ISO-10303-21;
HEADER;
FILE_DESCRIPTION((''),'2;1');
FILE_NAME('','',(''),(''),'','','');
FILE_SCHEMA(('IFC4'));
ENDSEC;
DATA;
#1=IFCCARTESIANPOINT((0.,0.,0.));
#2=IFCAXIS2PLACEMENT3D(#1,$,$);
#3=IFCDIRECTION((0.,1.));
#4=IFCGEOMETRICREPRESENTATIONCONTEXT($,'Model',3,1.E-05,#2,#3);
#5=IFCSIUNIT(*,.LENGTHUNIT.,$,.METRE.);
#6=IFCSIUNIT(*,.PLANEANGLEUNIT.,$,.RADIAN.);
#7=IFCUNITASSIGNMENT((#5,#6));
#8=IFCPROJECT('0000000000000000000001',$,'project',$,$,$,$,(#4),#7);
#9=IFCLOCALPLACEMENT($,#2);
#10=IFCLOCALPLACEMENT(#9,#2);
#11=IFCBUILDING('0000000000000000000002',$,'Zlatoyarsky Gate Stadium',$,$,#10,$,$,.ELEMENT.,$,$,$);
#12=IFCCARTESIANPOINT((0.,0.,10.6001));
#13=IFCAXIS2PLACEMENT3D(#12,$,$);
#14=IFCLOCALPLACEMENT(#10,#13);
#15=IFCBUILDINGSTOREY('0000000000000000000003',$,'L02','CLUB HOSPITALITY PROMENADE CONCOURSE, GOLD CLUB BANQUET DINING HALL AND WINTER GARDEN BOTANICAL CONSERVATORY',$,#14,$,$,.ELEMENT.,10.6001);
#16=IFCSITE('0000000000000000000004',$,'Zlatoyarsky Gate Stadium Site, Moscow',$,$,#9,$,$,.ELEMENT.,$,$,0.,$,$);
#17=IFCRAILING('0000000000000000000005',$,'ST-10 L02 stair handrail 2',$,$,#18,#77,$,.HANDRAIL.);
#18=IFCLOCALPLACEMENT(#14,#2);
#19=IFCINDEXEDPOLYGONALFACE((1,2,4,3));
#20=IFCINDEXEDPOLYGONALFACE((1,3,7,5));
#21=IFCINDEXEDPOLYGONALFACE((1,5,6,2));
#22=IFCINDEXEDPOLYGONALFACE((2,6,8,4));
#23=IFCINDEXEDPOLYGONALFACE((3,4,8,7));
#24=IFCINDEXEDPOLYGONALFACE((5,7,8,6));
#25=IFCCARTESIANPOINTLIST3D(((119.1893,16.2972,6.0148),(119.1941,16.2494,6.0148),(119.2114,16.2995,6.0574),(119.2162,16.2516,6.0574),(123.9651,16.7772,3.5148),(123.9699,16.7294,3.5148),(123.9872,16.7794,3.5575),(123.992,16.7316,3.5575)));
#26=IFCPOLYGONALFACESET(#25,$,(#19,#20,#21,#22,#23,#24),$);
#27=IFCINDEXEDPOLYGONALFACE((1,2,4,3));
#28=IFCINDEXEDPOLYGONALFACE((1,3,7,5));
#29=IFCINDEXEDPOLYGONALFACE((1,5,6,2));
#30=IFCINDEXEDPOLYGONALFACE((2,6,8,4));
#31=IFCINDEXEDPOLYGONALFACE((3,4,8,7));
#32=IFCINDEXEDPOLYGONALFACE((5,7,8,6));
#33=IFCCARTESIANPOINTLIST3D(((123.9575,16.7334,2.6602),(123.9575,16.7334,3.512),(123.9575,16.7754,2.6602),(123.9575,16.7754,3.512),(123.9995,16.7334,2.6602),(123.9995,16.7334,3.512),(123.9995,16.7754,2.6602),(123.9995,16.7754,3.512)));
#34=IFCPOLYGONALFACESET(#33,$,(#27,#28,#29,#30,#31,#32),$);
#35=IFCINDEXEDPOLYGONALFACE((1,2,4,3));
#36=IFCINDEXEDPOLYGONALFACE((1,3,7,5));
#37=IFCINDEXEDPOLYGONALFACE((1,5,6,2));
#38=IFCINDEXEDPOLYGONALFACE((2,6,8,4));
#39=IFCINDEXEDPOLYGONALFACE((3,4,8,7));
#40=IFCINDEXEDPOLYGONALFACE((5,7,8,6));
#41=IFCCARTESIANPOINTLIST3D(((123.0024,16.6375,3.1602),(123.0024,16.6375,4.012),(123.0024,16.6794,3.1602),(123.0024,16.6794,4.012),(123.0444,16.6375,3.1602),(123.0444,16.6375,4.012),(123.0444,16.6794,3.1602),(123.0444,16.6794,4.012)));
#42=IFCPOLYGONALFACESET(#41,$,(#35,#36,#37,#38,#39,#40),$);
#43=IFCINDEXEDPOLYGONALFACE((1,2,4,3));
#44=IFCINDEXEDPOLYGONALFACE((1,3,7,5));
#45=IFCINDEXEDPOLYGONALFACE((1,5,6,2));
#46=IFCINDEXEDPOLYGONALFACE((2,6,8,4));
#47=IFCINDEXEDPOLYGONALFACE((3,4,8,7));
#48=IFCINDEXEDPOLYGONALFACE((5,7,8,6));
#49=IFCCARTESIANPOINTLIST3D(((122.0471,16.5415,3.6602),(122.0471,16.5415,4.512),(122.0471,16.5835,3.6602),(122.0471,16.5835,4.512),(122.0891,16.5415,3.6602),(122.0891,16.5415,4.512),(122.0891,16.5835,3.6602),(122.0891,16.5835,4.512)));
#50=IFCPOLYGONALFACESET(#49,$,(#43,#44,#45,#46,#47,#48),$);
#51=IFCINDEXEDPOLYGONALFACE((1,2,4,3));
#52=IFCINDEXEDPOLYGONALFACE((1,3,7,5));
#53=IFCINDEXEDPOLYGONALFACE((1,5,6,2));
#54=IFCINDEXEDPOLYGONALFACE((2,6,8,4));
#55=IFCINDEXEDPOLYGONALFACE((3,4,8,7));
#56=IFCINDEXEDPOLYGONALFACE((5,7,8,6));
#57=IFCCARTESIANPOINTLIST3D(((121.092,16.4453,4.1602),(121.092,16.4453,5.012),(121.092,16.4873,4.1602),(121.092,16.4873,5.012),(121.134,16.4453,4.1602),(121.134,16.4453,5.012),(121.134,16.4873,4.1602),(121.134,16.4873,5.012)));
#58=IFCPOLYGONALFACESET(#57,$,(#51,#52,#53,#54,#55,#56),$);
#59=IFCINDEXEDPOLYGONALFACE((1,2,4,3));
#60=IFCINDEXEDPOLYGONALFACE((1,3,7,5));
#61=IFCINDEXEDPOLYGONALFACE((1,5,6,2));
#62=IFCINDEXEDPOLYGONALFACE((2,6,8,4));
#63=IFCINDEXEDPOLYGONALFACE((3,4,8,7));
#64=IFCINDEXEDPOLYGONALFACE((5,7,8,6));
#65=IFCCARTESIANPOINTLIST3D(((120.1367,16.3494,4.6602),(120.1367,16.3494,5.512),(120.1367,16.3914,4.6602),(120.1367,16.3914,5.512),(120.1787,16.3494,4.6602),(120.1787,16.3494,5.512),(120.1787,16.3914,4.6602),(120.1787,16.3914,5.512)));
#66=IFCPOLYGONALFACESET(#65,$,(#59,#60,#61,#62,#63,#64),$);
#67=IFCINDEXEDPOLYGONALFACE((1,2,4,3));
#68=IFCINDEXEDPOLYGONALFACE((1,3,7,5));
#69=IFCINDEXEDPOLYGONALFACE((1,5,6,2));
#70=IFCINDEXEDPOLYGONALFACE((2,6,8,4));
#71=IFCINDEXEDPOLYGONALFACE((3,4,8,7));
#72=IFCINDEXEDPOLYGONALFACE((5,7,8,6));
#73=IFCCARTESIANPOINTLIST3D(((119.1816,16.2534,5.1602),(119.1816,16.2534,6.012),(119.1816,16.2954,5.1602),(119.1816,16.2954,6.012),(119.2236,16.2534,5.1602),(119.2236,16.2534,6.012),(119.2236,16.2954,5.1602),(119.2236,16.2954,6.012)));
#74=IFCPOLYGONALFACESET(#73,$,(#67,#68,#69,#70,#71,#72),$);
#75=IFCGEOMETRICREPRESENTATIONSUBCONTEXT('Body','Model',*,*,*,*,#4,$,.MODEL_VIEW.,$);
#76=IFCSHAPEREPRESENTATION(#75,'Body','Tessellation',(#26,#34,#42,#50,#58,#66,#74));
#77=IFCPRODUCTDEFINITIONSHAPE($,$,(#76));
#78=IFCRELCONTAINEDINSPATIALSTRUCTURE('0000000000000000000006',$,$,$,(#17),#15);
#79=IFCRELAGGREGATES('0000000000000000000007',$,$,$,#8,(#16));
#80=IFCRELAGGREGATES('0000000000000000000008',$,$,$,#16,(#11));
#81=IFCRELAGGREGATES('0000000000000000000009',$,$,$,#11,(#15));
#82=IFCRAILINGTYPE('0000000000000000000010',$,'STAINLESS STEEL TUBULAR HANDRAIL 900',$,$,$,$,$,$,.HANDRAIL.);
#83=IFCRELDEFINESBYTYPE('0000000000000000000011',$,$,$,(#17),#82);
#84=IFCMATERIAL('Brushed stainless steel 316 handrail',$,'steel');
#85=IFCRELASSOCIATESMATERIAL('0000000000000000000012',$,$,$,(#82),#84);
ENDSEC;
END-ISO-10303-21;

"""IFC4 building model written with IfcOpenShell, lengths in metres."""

from ifc_helpers import new_model, si_unit, direction, frame, origin, origin_2d, place, context, subcontext, project, spatial, rectangle, extrude, material, type_object, element, save


model = new_model("IFC4")

# Units and contexts
model_context = context("Model", 3, precision=1e-05, world=origin(), true_north=direction((0.0, 1.0)))
body_context = subcontext(model_context, "Body", "Model", "MODEL_VIEW")
ifc_project = project(units=[si_unit("LENGTHUNIT", "METRE"), si_unit("PLANEANGLEUNIT", "RADIAN")], contexts=[model_context])

# Site, building, storey
site_placement = place(None, origin())
site = spatial("IfcSite", under=ifc_project, at=site_placement, Name="Zlatoyarsky Gate Stadium Site, Moscow", CompositionType="ELEMENT", RefElevation=0.0)
building_placement = place(site_placement, origin())
building = spatial("IfcBuilding", under=site, at=building_placement, Name="Zlatoyarsky Gate Stadium", CompositionType="ELEMENT")
storey_placement = place(building_placement, frame((0.0, 0.0, 10.6001)))
storey = spatial("IfcBuildingStorey", under=building, at=storey_placement, Name="L02", Description="CLUB HOSPITALITY PROMENADE CONCOURSE, GOLD CLUB BANQUET DINING HALL AND WINTER GARDEN BOTANICAL CONSERVATORY", CompositionType="ELEMENT", Elevation=10.6001)

# Railing
ifc_material_1 = material(Name="Brushed stainless steel 316 handrail", Category="steel")
railing_type_1 = type_object("IfcRailingType", Name="STAINLESS STEEL TUBULAR HANDRAIL 900", PredefinedType="HANDRAIL", material=ifc_material_1)
railing_1_placement = place(storey_placement, frame((123.9785, 16.7544, 2.6602)))
element("IfcRailing", 1, at=railing_1_placement, inside=storey, type_object=railing_type_1, Name="ST-10 L02 stair handrail 2", PredefinedType="HANDRAIL", context=body_context, shape_type="SweptSolid", body=[
    extrude(rectangle(XDim=0.0481, YDim=0.0481, at=origin_2d()), frame((0.0, 0.0, 0.876), z_axis=(-0.882466, -0.088689, 0.461939), x_axis=(0.099997, -0.994988, 0.0)), (0.0, 0.0, 1.0), 5.4119),
    extrude(rectangle(XDim=0.042, YDim=0.042, at=origin_2d()), origin(), (0.0, 0.0, 1.0), 0.8518),
    extrude(rectangle(XDim=0.042, YDim=0.042, at=origin_2d()), frame((-0.9551, -0.0959, 0.5)), (0.0, 0.0, 1.0), 0.8518),
    extrude(rectangle(XDim=0.042, YDim=0.042, at=origin_2d()), frame((-1.9104, -0.1919, 1.0)), (0.0, 0.0, 1.0), 0.8518),
    extrude(rectangle(XDim=0.042, YDim=0.042, at=origin_2d()), frame((-2.8655, -0.2881, 1.5)), (0.0, 0.0, 1.0), 0.8518),
    extrude(rectangle(XDim=0.042, YDim=0.042, at=origin_2d()), frame((-3.8208, -0.384, 2.0)), (0.0, 0.0, 1.0), 0.8518),
    extrude(rectangle(XDim=0.042, YDim=0.042, at=origin_2d()), frame((-4.7759, -0.48, 2.5)), (0.0, 0.0, 1.0), 0.8518),
])

save(model, "model.ifc")
